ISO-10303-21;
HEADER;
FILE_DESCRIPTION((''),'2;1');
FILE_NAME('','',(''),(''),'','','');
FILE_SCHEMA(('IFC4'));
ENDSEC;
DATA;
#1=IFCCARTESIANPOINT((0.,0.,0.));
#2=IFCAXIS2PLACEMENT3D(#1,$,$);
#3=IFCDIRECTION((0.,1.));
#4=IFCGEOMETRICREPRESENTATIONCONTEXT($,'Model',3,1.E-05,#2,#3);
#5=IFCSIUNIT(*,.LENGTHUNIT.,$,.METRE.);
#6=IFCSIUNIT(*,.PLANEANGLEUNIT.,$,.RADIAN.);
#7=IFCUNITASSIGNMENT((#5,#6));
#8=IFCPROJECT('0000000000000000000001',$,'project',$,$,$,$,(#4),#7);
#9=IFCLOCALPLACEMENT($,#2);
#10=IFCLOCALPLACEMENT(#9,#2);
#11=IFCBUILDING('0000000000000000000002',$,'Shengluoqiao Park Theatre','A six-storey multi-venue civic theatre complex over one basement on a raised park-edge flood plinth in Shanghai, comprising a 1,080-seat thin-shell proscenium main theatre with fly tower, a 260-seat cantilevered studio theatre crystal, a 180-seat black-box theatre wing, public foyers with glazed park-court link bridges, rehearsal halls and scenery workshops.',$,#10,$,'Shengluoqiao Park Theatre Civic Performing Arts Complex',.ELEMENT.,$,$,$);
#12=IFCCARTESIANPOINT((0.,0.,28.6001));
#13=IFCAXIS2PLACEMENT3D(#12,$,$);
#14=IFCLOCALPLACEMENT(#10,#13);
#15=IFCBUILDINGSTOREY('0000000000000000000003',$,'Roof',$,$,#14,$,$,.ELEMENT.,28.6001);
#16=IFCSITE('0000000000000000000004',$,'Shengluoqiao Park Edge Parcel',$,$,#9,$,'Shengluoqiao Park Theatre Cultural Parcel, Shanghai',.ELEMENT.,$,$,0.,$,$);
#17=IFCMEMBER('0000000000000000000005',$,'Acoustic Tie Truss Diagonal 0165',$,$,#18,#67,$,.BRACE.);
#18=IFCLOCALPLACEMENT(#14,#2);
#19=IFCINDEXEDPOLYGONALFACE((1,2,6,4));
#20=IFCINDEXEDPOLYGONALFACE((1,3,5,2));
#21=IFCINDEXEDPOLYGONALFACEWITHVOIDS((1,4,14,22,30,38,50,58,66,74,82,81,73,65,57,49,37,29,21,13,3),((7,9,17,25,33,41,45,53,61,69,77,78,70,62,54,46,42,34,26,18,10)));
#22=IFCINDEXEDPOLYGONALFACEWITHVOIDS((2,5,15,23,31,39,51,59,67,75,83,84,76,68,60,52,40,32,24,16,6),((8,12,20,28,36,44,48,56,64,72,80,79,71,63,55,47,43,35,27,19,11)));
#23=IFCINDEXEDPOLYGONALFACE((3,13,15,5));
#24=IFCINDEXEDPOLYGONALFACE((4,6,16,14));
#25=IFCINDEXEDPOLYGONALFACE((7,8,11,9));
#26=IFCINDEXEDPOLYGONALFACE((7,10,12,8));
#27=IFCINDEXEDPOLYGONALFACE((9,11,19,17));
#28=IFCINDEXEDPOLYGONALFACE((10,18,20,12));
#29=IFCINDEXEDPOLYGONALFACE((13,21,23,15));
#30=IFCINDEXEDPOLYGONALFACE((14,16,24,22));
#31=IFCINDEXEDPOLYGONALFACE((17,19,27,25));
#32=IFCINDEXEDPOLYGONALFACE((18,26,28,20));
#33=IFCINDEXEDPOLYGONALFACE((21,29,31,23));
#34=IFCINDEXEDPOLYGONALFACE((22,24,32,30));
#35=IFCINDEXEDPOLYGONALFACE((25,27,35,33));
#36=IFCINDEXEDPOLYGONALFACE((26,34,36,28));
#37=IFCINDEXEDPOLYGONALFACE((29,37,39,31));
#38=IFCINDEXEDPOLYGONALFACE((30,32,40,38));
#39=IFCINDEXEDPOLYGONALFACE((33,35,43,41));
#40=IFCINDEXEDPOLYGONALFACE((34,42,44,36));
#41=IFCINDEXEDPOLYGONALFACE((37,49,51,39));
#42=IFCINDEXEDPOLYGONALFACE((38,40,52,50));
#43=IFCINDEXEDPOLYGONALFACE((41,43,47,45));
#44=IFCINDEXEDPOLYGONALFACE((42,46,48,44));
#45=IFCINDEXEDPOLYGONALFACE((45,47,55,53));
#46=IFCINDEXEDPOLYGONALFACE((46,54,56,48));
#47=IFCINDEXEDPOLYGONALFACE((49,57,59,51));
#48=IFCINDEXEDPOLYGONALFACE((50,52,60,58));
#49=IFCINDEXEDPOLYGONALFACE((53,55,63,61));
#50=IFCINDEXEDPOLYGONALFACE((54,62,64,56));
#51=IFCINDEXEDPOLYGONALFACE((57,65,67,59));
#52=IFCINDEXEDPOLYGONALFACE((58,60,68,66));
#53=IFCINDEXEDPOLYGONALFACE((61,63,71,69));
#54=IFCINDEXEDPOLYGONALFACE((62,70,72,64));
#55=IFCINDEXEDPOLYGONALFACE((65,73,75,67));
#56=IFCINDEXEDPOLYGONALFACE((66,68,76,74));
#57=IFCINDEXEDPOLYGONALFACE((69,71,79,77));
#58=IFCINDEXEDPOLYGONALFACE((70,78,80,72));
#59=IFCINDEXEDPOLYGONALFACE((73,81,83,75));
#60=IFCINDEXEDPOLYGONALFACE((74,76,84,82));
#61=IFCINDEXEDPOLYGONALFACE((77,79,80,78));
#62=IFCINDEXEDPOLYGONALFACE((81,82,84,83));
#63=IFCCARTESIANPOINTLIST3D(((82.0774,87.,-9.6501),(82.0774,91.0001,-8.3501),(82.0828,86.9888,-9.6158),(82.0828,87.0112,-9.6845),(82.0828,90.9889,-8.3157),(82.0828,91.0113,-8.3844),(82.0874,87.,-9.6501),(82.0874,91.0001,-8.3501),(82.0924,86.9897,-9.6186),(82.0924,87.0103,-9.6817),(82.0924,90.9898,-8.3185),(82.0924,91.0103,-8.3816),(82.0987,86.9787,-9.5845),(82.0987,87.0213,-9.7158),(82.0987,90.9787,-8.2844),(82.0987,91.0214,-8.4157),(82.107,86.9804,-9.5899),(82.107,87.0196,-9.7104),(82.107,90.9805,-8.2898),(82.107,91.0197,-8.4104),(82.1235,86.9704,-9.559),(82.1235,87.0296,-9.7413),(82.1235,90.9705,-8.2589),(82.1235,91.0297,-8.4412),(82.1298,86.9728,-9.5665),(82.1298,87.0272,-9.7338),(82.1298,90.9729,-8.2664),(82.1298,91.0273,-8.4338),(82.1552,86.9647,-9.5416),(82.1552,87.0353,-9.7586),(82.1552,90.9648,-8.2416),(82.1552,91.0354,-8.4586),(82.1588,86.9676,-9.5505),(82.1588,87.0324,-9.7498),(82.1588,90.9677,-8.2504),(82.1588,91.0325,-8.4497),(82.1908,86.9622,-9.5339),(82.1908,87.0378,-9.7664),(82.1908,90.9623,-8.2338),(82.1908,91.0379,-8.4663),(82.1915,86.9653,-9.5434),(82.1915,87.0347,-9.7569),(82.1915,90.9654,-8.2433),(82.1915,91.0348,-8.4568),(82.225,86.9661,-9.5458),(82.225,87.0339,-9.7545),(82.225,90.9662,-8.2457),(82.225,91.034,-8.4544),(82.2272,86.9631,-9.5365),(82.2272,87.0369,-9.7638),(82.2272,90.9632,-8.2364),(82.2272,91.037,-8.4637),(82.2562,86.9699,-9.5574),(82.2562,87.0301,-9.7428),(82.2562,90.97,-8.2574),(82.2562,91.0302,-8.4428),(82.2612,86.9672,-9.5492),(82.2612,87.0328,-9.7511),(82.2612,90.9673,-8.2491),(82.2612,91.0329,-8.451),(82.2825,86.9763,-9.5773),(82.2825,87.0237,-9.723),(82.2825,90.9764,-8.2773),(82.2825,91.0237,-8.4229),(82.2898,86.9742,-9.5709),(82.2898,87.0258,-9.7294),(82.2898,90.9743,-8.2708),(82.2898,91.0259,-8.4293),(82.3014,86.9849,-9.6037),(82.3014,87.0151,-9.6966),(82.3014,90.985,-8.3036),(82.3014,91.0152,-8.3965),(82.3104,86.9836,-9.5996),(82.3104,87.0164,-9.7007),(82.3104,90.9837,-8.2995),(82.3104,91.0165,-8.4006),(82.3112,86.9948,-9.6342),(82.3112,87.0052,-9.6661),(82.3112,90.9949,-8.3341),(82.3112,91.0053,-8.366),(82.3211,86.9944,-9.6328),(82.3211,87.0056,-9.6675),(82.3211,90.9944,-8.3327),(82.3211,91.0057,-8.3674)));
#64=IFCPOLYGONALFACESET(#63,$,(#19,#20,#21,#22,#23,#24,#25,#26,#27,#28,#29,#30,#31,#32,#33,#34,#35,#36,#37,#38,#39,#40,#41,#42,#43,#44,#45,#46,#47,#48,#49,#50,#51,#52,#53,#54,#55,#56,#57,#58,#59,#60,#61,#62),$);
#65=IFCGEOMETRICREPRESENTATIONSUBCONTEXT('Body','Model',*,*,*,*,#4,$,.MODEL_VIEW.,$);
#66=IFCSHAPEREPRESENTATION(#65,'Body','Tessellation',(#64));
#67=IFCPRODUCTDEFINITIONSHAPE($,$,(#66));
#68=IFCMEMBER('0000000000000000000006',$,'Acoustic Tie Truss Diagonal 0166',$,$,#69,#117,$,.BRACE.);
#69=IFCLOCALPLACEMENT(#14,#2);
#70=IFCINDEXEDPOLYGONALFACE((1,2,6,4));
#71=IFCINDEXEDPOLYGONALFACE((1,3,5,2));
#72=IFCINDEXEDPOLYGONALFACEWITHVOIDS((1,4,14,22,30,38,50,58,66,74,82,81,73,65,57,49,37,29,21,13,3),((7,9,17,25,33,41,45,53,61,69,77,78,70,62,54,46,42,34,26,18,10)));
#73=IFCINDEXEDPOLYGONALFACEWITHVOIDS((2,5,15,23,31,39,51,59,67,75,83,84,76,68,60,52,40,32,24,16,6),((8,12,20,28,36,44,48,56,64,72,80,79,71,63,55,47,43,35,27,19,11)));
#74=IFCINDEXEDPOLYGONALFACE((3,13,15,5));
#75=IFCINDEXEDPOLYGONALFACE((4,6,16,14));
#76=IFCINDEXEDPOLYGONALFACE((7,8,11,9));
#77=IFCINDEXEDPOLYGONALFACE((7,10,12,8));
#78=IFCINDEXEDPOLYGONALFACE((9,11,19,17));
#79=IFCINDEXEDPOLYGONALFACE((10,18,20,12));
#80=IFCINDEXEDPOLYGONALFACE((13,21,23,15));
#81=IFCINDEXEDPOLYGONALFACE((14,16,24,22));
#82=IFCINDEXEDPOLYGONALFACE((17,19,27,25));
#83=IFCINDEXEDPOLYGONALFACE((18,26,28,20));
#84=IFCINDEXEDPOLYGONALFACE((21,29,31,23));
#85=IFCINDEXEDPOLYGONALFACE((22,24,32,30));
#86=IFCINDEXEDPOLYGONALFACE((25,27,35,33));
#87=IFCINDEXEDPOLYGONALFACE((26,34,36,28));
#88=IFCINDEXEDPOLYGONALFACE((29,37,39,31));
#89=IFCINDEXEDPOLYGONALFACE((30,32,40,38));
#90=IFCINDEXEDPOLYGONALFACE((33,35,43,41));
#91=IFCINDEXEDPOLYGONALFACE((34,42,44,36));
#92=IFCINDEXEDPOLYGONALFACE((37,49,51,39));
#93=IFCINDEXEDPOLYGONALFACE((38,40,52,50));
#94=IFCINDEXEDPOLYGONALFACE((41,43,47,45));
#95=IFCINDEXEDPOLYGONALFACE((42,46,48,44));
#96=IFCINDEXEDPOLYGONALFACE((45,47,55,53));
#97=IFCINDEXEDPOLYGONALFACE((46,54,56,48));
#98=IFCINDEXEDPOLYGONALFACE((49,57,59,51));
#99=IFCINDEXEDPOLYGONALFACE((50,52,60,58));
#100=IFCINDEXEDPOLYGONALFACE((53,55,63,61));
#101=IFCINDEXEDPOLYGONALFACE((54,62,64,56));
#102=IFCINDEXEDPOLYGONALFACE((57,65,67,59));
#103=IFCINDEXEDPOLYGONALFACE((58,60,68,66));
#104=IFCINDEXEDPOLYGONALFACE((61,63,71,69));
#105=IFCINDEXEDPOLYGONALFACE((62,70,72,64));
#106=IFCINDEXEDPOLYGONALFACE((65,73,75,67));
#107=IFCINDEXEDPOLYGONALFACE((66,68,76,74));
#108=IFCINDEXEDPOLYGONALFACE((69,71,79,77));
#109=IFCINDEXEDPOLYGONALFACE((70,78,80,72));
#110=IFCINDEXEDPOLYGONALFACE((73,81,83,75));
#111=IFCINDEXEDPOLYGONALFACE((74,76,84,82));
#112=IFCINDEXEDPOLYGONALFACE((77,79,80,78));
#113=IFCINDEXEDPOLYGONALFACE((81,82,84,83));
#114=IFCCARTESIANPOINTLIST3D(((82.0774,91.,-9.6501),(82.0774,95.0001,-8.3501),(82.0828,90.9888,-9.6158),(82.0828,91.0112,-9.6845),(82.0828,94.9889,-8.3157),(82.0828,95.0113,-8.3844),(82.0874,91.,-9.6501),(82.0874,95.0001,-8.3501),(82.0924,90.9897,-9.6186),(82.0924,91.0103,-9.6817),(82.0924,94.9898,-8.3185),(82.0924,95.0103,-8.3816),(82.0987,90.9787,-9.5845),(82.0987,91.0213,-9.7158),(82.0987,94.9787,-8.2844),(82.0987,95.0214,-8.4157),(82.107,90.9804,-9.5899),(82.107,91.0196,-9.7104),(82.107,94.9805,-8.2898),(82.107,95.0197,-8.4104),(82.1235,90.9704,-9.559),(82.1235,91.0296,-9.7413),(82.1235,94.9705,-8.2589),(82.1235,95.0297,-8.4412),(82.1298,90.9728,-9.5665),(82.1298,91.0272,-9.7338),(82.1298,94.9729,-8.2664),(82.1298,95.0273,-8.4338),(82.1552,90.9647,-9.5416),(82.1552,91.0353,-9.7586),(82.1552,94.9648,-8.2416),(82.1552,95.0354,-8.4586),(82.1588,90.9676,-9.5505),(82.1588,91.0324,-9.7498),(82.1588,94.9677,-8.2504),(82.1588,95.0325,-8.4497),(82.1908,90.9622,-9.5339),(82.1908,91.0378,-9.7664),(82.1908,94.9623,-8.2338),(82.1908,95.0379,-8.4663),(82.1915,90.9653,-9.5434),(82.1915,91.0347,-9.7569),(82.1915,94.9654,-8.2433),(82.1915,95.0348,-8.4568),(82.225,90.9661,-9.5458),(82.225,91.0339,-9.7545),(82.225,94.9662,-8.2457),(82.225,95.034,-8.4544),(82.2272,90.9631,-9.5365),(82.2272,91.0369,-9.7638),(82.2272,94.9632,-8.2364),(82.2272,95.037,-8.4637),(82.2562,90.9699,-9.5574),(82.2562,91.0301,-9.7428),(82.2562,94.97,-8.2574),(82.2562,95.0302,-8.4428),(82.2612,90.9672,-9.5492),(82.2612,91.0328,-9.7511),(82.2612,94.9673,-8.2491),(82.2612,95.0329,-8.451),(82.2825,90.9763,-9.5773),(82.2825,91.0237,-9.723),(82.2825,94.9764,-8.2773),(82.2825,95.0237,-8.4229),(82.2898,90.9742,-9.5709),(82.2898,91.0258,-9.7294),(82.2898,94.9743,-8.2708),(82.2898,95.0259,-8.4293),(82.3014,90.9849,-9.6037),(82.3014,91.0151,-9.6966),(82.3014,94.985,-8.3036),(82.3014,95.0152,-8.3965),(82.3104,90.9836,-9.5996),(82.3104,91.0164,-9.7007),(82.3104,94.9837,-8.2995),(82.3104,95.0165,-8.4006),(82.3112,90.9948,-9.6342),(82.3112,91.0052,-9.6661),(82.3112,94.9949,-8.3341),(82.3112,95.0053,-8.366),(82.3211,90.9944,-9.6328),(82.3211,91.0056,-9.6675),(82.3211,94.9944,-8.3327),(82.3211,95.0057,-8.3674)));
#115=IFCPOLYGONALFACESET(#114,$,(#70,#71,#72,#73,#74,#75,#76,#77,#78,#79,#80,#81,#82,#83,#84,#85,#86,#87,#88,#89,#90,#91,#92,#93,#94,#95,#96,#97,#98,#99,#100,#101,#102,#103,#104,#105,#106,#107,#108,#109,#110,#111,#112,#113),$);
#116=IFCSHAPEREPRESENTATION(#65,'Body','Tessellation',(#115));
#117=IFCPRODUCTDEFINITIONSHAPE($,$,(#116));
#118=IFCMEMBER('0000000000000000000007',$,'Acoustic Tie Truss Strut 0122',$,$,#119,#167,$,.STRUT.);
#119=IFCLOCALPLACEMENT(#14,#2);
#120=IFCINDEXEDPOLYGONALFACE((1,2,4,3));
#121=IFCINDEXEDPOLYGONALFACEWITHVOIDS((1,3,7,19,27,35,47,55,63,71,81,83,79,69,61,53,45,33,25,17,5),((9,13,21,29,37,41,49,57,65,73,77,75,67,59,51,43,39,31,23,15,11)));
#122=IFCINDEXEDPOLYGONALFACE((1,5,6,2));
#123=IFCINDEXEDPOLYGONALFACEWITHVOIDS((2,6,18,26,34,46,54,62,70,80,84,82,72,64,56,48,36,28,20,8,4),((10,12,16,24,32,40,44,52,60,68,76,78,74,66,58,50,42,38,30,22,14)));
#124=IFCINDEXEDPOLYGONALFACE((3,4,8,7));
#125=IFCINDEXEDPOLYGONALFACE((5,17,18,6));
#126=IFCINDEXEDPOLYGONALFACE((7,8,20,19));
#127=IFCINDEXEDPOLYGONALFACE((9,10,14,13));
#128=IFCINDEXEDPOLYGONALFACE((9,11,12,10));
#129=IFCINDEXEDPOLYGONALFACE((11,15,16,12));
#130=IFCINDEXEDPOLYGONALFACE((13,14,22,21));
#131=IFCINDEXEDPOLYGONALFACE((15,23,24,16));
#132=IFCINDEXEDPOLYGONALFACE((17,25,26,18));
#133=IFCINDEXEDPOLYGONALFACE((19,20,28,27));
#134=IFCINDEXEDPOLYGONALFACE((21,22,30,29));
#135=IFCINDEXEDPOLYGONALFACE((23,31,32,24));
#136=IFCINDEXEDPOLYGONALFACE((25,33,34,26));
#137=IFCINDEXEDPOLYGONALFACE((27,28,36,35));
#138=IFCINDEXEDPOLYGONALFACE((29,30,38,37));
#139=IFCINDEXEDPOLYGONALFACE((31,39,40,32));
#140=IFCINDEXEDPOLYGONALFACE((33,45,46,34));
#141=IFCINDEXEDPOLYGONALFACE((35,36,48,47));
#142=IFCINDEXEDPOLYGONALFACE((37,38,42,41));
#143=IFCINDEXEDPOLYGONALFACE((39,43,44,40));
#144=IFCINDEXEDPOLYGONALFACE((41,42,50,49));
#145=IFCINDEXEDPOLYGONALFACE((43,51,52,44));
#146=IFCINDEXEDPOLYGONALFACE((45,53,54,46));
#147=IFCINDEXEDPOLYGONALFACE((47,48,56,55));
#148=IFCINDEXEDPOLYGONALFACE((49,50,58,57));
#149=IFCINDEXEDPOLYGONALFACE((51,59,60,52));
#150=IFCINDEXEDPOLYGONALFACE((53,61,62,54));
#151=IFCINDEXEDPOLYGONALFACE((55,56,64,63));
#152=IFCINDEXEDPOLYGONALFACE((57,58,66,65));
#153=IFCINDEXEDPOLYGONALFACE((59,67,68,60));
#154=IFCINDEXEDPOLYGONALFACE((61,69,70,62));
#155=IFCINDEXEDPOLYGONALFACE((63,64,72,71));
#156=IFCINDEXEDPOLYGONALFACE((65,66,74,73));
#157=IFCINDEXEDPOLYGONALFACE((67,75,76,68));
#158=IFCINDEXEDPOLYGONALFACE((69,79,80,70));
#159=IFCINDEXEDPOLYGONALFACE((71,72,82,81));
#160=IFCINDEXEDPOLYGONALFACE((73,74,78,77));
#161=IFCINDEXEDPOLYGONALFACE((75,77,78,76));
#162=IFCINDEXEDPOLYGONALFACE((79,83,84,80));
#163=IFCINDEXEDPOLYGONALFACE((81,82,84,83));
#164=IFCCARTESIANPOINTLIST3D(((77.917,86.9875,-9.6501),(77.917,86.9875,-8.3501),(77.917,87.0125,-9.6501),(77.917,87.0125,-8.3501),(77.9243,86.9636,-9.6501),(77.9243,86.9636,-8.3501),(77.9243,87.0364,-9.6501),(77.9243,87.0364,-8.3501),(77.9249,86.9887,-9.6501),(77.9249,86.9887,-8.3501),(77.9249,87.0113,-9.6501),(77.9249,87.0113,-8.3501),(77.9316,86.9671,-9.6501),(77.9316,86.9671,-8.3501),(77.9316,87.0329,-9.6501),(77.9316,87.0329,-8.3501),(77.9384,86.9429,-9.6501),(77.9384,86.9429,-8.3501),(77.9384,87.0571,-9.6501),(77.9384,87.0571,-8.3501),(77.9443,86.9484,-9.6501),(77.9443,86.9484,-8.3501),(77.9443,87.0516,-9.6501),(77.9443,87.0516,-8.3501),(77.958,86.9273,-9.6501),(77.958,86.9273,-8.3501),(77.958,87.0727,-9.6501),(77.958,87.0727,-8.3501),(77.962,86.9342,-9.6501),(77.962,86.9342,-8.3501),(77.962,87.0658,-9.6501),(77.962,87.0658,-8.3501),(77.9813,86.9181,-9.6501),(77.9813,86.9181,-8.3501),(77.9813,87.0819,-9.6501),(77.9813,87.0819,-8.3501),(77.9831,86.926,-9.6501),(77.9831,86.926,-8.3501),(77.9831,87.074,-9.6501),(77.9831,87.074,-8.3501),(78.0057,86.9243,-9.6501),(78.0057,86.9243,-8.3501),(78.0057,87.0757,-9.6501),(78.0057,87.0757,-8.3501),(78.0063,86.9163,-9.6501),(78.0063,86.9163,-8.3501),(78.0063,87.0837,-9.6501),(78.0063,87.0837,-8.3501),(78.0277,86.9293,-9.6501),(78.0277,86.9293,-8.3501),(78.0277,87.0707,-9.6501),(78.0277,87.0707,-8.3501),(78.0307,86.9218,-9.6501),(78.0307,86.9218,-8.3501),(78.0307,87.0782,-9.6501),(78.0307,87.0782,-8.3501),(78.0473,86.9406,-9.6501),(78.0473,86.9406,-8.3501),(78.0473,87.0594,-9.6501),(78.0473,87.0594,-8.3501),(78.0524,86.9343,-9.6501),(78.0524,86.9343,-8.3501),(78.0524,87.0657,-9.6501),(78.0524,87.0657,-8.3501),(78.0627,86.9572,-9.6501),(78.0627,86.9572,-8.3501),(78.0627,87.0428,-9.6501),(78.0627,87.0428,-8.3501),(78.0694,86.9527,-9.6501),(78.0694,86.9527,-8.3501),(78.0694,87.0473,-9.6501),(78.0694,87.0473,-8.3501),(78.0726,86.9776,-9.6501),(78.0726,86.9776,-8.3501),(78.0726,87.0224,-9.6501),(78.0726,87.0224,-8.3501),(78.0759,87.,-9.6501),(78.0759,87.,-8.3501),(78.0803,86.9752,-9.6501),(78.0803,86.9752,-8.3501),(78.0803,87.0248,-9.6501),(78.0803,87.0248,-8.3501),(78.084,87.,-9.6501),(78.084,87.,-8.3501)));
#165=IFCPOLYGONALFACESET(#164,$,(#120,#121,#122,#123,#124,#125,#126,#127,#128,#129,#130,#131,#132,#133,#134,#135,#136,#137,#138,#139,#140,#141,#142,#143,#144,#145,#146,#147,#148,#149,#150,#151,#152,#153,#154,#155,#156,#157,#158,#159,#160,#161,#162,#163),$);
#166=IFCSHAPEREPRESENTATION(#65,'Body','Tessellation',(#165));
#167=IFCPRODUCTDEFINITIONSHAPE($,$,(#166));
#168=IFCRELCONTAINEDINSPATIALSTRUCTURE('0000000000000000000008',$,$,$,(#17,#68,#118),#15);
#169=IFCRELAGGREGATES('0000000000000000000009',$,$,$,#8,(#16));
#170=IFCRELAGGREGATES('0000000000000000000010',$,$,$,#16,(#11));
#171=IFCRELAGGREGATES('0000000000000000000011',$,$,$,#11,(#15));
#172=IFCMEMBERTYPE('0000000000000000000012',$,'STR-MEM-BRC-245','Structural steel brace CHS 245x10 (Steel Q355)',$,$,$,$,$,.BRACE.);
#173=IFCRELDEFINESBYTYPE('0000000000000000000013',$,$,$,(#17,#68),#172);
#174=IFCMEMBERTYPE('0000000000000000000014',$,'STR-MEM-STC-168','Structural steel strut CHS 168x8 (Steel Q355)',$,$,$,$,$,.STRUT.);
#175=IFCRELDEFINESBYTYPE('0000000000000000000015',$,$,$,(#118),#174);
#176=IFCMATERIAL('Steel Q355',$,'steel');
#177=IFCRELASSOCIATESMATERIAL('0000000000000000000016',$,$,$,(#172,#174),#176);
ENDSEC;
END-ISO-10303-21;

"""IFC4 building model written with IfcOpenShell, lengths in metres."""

from ifc_helpers import new_model, si_unit, direction, frame, origin, origin_2d, place, context, subcontext, project, spatial, hollow_circle, extrude, material, material_profile, profile_set, type_object, element, save


model = new_model("IFC4")

# Units and contexts
model_context = context("Model", 3, precision=1e-05, world=origin(), true_north=direction((0.0, 1.0)))
body_context = subcontext(model_context, "Body", "Model", "MODEL_VIEW")
ifc_project = project(units=[si_unit("LENGTHUNIT", "METRE"), si_unit("PLANEANGLEUNIT", "RADIAN")], contexts=[model_context])

# Site, building, storey
site_placement = place(None, origin())
site = spatial("IfcSite", under=ifc_project, at=site_placement, Name="Shengluoqiao Park Edge Parcel", LongName="Shengluoqiao Park Theatre Cultural Parcel, Shanghai", CompositionType="ELEMENT", RefElevation=0.0)
building_placement = place(site_placement, origin())
building = spatial("IfcBuilding", under=site, at=building_placement, Name="Shengluoqiao Park Theatre", Description="A six-storey multi-venue civic theatre complex over one basement on a raised park-edge flood plinth in Shanghai, comprising a 1,080-seat thin-shell proscenium main theatre with fly tower, a 260-seat cantilevered studio theatre crystal, a 180-seat black-box theatre wing, public foyers with glazed park-court link bridges, rehearsal halls and scenery workshops.", LongName="Shengluoqiao Park Theatre Civic Performing Arts Complex", CompositionType="ELEMENT")
storey_placement = place(building_placement, frame((0.0, 0.0, 28.6001)))
storey = spatial("IfcBuildingStorey", under=building, at=storey_placement, Name="Roof", CompositionType="ELEMENT", Elevation=28.6001)

# Shared definitions
ifc_material = material(Name="Steel Q355", Category="steel")

# Members
ifc_material_profile_1 = material_profile(ifc_material, hollow_circle(Radius=0.1226, WallThickness=0.01, at=origin_2d()), Name="CHS 245x10")
ifc_profile_set_1 = profile_set([ifc_material_profile_1], Name="Steel Q355")
member_type_1 = type_object("IfcMemberType", Name="STR-MEM-BRC-245", Description="Structural steel brace CHS 245x10 (Steel Q355)", PredefinedType="BRACE", material=ifc_profile_set_1)
for number, where, z_axis, x_axis, name in (
    (1, (82.2, 87.0, -9.6501), (0.0, 0.951031, 0.309097), (-1.0, 0.0, 0.0), "Acoustic Tie Truss Diagonal 0165"),
    (2, (82.2, 91.0, -9.6501), (0.0, 0.951031, 0.309097), (-1.0, 0.0, 0.0), "Acoustic Tie Truss Diagonal 0166"),
):
    element("IfcMember", number, at=place(storey_placement, frame(where, z_axis=z_axis, x_axis=x_axis)), inside=storey, type_object=member_type_1, Name=name, PredefinedType="BRACE", context=body_context, shape_type="SweptSolid", body=[
        extrude(hollow_circle(Radius=0.1226, WallThickness=0.01, at=origin_2d()), origin(), (0.0, 0.0, 1.0), 4.2061),
    ])
ifc_material_profile_2 = material_profile(ifc_material, hollow_circle(Radius=0.084, WallThickness=0.0081, at=origin_2d()), Name="CHS 168x8")
ifc_profile_set_2 = profile_set([ifc_material_profile_2], Name="Steel Q355")
member_type_2 = type_object("IfcMemberType", Name="STR-MEM-STC-168", Description="Structural steel strut CHS 168x8 (Steel Q355)", PredefinedType="STRUT", material=ifc_profile_set_2)
for number, where, z_axis, x_axis, name in (
    (3, (78.0, 87.0, -9.6501), (0.0, 0.0, 1.0), (1.0, 0.0, 0.0), "Acoustic Tie Truss Strut 0122"),
):
    element("IfcMember", number, at=place(storey_placement, frame(where, z_axis=z_axis, x_axis=x_axis)), inside=storey, type_object=member_type_2, Name=name, PredefinedType="STRUT", context=body_context, shape_type="SweptSolid", body=[
        extrude(hollow_circle(Radius=0.084, WallThickness=0.0081, at=origin_2d()), origin(), (0.0, 0.0, 1.0), 1.3),
    ])

save(model, "model.ifc")
